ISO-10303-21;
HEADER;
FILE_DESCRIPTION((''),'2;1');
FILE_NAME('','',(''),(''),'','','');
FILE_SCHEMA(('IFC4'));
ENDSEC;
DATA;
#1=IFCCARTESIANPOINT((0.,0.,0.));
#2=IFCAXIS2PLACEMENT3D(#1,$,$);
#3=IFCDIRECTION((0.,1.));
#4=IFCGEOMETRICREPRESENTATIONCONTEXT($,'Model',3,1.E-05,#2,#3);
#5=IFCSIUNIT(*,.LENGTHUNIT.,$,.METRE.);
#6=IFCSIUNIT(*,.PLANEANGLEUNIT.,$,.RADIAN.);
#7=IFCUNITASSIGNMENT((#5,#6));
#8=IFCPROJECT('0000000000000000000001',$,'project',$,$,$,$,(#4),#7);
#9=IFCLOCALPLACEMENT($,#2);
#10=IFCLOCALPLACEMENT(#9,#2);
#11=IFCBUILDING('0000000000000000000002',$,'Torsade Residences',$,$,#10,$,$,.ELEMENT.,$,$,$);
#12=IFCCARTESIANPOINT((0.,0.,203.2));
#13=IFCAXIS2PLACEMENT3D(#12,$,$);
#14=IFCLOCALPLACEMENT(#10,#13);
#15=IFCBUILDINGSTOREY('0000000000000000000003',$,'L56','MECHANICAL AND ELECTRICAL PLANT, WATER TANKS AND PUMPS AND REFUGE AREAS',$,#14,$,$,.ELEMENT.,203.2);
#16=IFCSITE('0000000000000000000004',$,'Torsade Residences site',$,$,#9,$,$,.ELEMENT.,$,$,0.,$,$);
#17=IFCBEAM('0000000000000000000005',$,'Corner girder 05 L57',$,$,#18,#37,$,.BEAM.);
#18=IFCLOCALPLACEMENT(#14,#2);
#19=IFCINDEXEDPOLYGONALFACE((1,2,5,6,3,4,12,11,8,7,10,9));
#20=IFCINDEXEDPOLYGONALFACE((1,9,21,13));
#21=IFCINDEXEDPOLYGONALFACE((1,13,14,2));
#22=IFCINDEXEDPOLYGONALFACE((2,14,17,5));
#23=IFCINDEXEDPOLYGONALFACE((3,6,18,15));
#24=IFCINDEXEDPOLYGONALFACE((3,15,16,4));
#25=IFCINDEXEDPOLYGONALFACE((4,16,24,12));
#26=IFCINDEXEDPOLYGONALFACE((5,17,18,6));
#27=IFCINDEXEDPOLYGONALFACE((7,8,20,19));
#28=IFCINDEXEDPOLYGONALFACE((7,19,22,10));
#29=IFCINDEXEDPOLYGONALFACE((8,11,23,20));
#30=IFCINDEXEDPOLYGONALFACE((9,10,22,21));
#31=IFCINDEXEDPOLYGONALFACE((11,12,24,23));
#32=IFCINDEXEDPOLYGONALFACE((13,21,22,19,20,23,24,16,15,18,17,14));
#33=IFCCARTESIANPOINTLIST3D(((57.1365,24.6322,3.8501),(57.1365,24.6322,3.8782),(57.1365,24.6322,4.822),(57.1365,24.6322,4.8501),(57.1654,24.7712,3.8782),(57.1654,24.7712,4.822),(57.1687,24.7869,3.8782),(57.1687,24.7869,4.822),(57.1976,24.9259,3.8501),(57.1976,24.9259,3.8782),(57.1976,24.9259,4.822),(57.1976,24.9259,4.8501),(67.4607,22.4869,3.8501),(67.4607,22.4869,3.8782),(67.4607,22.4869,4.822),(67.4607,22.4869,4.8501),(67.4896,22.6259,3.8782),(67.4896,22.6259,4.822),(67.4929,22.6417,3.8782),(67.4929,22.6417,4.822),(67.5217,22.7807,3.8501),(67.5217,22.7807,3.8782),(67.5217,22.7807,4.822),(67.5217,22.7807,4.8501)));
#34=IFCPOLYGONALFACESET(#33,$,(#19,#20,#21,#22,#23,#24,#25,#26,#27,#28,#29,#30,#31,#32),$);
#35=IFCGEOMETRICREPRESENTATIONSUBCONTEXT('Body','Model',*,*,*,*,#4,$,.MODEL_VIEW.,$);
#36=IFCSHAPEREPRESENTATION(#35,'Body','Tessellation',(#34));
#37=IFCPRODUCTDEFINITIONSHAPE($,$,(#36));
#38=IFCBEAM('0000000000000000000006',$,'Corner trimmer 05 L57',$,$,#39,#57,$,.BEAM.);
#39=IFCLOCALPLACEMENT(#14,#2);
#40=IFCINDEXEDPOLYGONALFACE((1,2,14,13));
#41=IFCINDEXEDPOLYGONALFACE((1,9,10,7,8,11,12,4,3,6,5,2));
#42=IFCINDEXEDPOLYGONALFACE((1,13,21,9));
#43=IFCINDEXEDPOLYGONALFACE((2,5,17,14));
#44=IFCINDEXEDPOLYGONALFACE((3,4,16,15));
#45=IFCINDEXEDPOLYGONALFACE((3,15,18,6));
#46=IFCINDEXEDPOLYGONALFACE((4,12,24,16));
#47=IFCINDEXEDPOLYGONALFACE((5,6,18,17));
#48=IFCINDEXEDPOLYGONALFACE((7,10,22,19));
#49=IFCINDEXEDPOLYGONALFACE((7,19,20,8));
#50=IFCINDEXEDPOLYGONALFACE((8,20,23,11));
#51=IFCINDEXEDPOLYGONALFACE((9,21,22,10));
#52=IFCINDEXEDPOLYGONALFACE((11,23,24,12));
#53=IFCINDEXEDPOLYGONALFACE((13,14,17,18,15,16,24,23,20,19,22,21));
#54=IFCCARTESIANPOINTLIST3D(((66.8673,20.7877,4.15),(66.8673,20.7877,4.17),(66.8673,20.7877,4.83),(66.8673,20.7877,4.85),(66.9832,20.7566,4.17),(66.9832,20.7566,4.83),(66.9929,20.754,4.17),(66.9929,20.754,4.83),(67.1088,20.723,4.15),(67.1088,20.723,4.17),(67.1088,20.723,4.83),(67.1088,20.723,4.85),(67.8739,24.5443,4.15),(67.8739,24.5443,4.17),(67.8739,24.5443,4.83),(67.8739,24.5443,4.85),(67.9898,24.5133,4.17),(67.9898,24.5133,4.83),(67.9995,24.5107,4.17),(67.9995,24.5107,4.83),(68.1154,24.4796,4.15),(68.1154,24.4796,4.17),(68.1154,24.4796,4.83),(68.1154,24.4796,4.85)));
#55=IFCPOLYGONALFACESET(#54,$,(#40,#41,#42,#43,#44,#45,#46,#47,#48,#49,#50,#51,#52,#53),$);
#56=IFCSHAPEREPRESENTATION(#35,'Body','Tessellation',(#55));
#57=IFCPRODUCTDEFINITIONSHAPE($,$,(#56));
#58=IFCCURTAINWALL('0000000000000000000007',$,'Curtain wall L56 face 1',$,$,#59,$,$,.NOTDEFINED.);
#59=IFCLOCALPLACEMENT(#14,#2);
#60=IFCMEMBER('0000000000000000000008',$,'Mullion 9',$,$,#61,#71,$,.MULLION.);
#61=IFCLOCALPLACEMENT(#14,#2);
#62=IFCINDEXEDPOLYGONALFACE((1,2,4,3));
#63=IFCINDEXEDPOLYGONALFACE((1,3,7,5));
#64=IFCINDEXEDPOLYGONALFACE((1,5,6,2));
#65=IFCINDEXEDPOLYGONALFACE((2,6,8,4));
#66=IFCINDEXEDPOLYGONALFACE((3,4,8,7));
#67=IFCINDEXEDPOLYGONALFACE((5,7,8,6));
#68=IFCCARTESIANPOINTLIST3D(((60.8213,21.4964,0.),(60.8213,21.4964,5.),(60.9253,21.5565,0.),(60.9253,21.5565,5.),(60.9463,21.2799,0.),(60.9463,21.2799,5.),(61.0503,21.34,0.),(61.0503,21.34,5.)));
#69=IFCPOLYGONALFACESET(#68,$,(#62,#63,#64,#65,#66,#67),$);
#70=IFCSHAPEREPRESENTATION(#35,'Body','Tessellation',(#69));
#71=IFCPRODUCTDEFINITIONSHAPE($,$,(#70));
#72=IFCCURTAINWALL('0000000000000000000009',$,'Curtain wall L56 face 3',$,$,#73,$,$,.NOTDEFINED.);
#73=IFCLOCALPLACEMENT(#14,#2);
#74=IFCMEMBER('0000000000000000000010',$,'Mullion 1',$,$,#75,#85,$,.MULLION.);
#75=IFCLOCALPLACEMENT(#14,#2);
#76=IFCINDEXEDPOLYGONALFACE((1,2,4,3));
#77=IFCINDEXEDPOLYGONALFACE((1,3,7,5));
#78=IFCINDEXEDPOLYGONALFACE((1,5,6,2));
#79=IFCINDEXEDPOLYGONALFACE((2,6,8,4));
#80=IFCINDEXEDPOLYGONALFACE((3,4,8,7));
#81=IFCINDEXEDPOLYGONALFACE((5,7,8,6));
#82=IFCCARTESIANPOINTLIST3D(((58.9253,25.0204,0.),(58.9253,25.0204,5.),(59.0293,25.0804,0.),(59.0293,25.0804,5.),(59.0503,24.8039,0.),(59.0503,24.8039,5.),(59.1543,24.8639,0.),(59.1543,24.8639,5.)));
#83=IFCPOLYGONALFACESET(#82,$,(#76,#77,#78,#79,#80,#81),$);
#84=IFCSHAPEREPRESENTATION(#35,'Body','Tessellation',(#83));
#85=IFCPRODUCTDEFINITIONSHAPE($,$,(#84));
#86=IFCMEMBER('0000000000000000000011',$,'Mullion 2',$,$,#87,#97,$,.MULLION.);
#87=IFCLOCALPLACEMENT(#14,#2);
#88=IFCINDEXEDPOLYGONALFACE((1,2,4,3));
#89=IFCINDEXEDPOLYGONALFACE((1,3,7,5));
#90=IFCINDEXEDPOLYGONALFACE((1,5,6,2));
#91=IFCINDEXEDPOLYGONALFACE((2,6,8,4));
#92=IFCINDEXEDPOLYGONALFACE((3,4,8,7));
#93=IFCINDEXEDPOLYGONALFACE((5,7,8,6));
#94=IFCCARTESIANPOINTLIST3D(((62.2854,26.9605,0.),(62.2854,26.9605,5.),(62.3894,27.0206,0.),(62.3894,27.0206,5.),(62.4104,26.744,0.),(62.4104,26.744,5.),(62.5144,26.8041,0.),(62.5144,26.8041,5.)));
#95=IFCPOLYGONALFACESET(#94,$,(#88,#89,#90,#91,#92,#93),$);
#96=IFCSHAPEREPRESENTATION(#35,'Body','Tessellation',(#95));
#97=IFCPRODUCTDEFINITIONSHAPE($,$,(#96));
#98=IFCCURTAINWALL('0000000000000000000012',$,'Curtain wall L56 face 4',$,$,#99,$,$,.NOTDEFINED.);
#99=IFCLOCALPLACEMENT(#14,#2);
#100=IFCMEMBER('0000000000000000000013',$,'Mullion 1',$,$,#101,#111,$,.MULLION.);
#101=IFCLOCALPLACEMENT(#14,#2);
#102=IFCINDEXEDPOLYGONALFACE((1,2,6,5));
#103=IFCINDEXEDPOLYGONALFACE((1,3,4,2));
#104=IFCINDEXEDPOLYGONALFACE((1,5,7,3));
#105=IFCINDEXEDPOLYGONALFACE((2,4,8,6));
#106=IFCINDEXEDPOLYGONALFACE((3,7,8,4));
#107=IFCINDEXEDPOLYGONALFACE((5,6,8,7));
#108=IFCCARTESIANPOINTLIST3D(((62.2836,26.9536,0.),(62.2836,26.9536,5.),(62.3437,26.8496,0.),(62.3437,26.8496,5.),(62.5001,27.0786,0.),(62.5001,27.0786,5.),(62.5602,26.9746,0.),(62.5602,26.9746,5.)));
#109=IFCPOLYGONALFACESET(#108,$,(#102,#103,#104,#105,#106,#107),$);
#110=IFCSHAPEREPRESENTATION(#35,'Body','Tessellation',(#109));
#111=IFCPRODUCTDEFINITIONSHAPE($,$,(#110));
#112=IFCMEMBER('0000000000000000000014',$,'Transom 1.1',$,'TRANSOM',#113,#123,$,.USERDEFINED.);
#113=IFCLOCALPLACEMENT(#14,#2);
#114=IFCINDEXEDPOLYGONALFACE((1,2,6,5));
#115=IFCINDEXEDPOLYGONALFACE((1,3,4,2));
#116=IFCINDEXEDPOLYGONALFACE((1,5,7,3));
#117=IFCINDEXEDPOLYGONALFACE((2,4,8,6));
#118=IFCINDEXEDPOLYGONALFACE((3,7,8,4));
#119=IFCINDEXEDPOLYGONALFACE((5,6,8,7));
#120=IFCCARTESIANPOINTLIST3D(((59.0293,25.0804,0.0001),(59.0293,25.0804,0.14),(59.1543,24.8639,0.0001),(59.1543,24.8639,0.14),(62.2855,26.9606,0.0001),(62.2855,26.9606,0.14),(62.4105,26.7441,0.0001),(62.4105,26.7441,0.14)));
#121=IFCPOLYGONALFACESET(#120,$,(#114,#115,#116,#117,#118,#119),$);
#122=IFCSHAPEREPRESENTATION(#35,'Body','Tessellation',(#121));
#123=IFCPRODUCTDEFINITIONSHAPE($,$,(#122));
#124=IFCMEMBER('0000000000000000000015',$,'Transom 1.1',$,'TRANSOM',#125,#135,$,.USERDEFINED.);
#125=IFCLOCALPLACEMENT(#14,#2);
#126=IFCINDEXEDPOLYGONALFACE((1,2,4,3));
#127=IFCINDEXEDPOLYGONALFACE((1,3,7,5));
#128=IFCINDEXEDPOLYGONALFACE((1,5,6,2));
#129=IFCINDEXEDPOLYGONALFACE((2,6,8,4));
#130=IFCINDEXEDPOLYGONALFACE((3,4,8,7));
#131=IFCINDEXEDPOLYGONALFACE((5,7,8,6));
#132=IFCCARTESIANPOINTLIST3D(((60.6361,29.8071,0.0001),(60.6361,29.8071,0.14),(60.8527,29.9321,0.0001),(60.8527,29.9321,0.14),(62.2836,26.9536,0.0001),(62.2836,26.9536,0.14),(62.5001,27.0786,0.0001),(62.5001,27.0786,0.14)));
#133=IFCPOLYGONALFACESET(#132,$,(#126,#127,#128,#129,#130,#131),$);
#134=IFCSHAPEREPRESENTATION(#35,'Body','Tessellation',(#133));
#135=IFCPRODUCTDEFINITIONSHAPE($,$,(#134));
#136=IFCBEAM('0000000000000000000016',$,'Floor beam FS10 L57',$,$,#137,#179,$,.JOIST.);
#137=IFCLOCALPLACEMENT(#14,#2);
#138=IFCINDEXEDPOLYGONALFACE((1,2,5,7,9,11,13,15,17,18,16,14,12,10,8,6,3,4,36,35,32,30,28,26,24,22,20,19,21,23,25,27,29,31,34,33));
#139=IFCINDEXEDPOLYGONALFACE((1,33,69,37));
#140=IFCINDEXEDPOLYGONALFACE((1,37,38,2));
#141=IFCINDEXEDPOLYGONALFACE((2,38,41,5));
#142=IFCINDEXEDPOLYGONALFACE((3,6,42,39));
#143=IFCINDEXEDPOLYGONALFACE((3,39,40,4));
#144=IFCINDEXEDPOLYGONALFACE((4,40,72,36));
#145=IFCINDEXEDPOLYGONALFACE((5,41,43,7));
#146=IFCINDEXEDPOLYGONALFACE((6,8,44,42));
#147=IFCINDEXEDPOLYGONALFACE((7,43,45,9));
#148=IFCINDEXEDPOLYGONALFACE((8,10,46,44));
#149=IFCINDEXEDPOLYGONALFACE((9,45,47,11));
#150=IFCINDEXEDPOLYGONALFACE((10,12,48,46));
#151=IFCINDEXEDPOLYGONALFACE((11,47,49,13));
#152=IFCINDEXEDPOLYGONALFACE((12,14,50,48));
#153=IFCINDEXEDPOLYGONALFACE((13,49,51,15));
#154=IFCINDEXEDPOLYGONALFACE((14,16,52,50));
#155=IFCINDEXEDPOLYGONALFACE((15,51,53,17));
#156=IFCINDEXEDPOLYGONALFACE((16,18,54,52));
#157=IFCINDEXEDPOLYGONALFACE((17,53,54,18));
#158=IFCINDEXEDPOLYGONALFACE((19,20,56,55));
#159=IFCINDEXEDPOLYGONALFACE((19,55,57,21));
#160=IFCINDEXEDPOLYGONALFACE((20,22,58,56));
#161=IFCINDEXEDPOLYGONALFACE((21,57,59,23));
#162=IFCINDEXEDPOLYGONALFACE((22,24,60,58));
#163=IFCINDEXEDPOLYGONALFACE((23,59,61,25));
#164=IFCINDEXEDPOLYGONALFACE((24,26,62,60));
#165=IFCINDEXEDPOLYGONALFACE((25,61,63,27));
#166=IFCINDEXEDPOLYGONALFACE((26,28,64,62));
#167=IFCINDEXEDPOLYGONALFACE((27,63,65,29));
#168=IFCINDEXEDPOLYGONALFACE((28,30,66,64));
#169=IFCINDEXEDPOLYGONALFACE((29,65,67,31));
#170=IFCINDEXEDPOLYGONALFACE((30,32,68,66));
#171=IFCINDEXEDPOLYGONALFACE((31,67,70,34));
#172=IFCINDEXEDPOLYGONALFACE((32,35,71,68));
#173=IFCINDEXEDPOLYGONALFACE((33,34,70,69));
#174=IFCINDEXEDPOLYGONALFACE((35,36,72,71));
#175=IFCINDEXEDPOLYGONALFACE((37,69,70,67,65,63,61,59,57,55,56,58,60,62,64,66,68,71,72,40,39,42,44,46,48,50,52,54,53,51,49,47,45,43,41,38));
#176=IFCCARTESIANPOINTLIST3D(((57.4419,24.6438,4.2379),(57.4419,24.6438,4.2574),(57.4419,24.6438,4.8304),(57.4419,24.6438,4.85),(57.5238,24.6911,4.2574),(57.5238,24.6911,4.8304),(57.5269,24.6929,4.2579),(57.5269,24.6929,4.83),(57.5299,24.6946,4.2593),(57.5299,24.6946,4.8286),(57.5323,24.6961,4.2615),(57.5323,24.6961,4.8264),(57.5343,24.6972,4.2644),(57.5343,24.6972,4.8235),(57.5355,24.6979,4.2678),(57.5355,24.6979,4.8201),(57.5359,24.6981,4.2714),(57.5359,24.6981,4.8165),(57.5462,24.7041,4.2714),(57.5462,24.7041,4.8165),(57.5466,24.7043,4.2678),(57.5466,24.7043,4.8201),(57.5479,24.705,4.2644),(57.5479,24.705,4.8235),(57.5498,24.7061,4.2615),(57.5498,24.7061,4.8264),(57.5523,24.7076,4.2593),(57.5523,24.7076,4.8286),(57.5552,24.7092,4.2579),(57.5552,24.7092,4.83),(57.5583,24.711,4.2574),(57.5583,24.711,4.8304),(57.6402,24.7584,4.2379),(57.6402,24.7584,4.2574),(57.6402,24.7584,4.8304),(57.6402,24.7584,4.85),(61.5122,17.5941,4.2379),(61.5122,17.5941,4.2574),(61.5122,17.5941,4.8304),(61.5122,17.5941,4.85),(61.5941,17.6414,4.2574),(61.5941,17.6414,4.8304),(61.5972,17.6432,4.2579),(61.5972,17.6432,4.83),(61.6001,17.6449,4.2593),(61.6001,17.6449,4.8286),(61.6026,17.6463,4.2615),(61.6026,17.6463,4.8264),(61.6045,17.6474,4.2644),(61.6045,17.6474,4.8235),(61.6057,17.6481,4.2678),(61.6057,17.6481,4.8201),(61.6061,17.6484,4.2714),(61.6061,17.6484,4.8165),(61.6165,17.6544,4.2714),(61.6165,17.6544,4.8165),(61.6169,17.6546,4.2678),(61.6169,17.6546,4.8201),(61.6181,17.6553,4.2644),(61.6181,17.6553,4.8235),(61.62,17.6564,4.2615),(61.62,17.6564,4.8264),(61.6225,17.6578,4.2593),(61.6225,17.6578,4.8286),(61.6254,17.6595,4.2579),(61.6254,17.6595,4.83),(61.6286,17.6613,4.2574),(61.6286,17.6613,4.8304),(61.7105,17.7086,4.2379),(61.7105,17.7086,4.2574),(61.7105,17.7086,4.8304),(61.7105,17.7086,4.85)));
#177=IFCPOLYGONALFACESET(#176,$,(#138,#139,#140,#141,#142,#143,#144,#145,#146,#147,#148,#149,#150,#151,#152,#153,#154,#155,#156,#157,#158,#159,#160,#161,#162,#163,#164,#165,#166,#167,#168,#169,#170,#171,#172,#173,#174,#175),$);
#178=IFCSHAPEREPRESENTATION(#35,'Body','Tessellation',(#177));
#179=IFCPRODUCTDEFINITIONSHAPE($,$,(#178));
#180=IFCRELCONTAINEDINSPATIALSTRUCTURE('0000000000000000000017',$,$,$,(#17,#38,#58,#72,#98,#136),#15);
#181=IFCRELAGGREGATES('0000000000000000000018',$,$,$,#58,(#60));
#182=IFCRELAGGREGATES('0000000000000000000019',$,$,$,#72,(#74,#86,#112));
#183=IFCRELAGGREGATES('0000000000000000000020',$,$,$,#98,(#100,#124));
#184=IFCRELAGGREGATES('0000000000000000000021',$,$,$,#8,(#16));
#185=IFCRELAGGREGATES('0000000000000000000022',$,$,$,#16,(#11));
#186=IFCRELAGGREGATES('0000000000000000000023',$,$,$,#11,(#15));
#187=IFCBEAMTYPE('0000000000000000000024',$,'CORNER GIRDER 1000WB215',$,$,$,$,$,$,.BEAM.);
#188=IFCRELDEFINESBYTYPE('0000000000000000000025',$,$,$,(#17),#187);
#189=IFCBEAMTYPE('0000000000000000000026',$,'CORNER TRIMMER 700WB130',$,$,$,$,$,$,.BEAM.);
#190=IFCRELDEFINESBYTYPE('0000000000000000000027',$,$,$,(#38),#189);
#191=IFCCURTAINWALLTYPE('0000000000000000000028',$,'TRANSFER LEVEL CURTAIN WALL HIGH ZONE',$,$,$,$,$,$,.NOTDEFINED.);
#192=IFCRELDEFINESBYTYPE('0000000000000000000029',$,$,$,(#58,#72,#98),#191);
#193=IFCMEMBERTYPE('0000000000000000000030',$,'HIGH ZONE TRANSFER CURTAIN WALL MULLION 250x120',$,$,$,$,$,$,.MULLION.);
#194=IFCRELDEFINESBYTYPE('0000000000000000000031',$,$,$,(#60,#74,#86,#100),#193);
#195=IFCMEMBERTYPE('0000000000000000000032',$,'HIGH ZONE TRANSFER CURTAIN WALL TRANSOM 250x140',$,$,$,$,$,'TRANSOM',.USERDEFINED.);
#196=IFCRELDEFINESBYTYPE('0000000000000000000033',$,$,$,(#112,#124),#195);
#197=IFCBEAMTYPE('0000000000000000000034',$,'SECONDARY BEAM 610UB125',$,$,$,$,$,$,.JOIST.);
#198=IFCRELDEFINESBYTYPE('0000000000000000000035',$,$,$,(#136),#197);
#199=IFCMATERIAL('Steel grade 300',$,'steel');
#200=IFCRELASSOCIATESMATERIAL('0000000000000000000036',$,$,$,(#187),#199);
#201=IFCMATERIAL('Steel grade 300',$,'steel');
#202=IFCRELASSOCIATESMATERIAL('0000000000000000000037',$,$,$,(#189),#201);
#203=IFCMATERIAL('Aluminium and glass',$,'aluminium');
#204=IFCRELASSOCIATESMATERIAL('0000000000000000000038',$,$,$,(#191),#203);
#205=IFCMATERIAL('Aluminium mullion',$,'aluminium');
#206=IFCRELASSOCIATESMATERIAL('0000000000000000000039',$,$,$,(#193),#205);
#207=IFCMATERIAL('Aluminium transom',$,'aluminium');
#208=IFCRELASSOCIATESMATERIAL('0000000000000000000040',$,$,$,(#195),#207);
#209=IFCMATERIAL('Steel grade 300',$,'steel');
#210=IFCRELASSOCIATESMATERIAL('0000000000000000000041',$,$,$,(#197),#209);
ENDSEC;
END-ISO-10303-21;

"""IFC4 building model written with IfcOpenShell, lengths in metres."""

from ifc_helpers import new_model, si_unit, direction, frame, origin, origin_2d, place, context, subcontext, project, spatial, rectangle, i_section, extrude, material, material_profile, profile_set, type_object, element, aggregate, save


model = new_model("IFC4")

# Units and contexts
model_context = context("Model", 3, precision=1e-05, world=origin(), true_north=direction((0.0, 1.0)))
body_context = subcontext(model_context, "Body", "Model", "MODEL_VIEW")
ifc_project = project(units=[si_unit("LENGTHUNIT", "METRE"), si_unit("PLANEANGLEUNIT", "RADIAN")], contexts=[model_context])

# Site, building, storey
site_placement = place(None, origin())
site = spatial("IfcSite", under=ifc_project, at=site_placement, Name="Torsade Residences site", CompositionType="ELEMENT", RefElevation=0.0)
building_placement = place(site_placement, origin())
building = spatial("IfcBuilding", under=site, at=building_placement, Name="Torsade Residences", CompositionType="ELEMENT")
storey_placement = place(building_placement, frame((0.0, 0.0, 203.2)))
storey = spatial("IfcBuildingStorey", under=building, at=storey_placement, Name="L56", Description="MECHANICAL AND ELECTRICAL PLANT, WATER TANKS AND PUMPS AND REFUGE AREAS", CompositionType="ELEMENT", Elevation=203.2)

# Beams
ifc_material_1 = material(Name="Steel grade 300", Category="steel")
ifc_material_profile_1 = material_profile(ifc_material_1, i_section(OverallWidth=0.3, OverallDepth=1.0, WebThickness=0.0161, FlangeThickness=0.0281, at=origin_2d()), Name="1000WB215")
ifc_profile_set_1 = profile_set([ifc_material_profile_1], Name="Steel grade 300")
beam_type_1 = type_object("IfcBeamType", Name="CORNER GIRDER 1000WB215", PredefinedType="BEAM", material=ifc_profile_set_1)
beam_1_placement = place(storey_placement, frame((67.4912, 22.6338, 4.3501), z_axis=(-0.979087, 0.203444, 0.0), x_axis=(-0.203444, -0.979087, 0.0)))
element("IfcBeam", 1, at=beam_1_placement, inside=storey, type_object=beam_type_1, Name="Corner girder 05 L57", PredefinedType="BEAM", context=body_context, shape_type="SweptSolid", body=[
    extrude(i_section(OverallWidth=0.3, OverallDepth=1.0, WebThickness=0.0161, FlangeThickness=0.0281, at=origin_2d()), origin(), (0.0, 0.0, 1.0), 10.5447),
])
ifc_material_2 = material(Name="Steel grade 300", Category="steel")
ifc_material_profile_2 = material_profile(ifc_material_2, i_section(OverallWidth=0.25, OverallDepth=0.7, WebThickness=0.01, FlangeThickness=0.02, at=origin_2d()), Name="700WB130")
ifc_profile_set_2 = profile_set([ifc_material_profile_2], Name="Steel grade 300")
beam_type_2 = type_object("IfcBeamType", Name="CORNER TRIMMER 700WB130", PredefinedType="BEAM", material=ifc_profile_set_2)
beam_2_placement = place(storey_placement, frame((67.9946, 24.512, 4.5), z_axis=(-0.258823, -0.965925, 0.0), x_axis=(0.965925, -0.258823, 0.0)))
element("IfcBeam", 2, at=beam_2_placement, inside=storey, type_object=beam_type_2, Name="Corner trimmer 05 L57", PredefinedType="BEAM", context=body_context, shape_type="SweptSolid", body=[
    extrude(i_section(OverallWidth=0.25, OverallDepth=0.7, WebThickness=0.01, FlangeThickness=0.02, at=origin_2d()), origin(), (0.0, 0.0, 1.0), 3.8892),
])

# Curtain wall, member
ifc_material_3 = material(Name="Aluminium and glass", Category="aluminium")
curtain_wall_type = type_object("IfcCurtainWallType", Name="TRANSFER LEVEL CURTAIN WALL HIGH ZONE", PredefinedType="NOTDEFINED", material=ifc_material_3)
curtain_wall_1_placement = place(storey_placement, origin())
curtain_wall_1 = element("IfcCurtainWall", 3, at=curtain_wall_1_placement, inside=storey, type_object=curtain_wall_type, Name="Curtain wall L56 face 1", PredefinedType="NOTDEFINED")
ifc_material_4 = material(Name="Aluminium mullion", Category="aluminium")
ifc_material_profile_3 = material_profile(ifc_material_4, rectangle(XDim=0.25, YDim=0.1201, at=origin_2d()), Name="HIGH ZONE TRANSFER CURTAIN WALL MULLION 250x120")
ifc_profile_set_3 = profile_set([ifc_material_profile_3], Name="Aluminium mullion")
member_type_1 = type_object("IfcMemberType", Name="HIGH ZONE TRANSFER CURTAIN WALL MULLION 250x120", PredefinedType="MULLION", material=ifc_profile_set_3)
member_1_placement = place(storey_placement, frame((60.9358, 21.4182, 0.0), z_axis=(0.0, 0.0, 1.0), x_axis=(-0.5, 0.866025, 0.0)))
member_1 = element("IfcMember", 4, at=member_1_placement, type_object=member_type_1, Name="Mullion 9", PredefinedType="MULLION", context=body_context, shape_type="SweptSolid", body=[
    extrude(rectangle(XDim=0.25, YDim=0.1201, at=origin_2d()), origin(), (0.0, 0.0, 1.0), 5.0),
])

# Curtain wall, members
curtain_wall_2_placement = place(storey_placement, origin())
curtain_wall_2 = element("IfcCurtainWall", 5, at=curtain_wall_2_placement, inside=storey, type_object=curtain_wall_type, Name="Curtain wall L56 face 3", PredefinedType="NOTDEFINED")
member_2_placement = place(storey_placement, frame((59.0398, 24.9421, 0.0), z_axis=(0.0, 0.0, 1.0), x_axis=(-0.5, 0.866025, 0.0)))
member_2 = element("IfcMember", 6, at=member_2_placement, type_object=member_type_1, Name="Mullion 1", PredefinedType="MULLION", context=body_context, shape_type="SweptSolid", body=[
    extrude(rectangle(XDim=0.25, YDim=0.1201, at=origin_2d()), origin(), (0.0, 0.0, 1.0), 5.0),
])
member_3_placement = place(storey_placement, frame((62.3999, 26.8823, 0.0), z_axis=(0.0, 0.0, 1.0), x_axis=(-0.5, 0.866025, 0.0)))
member_3 = element("IfcMember", 7, at=member_3_placement, type_object=member_type_1, Name="Mullion 2", PredefinedType="MULLION", context=body_context, shape_type="SweptSolid", body=[
    extrude(rectangle(XDim=0.25, YDim=0.1201, at=origin_2d()), origin(), (0.0, 0.0, 1.0), 5.0),
])

# Curtain wall, member
curtain_wall_3_placement = place(storey_placement, origin())
curtain_wall_3 = element("IfcCurtainWall", 8, at=curtain_wall_3_placement, inside=storey, type_object=curtain_wall_type, Name="Curtain wall L56 face 4", PredefinedType="NOTDEFINED")
member_4_placement = place(storey_placement, frame((62.4219, 26.9641, 0.0), z_axis=(0.0, 0.0, 1.0), x_axis=(-0.866025, -0.5, 0.0)))
member_4 = element("IfcMember", 9, at=member_4_placement, type_object=member_type_1, Name="Mullion 1", PredefinedType="MULLION", context=body_context, shape_type="SweptSolid", body=[
    extrude(rectangle(XDim=0.25, YDim=0.1201, at=origin_2d()), origin(), (0.0, 0.0, 1.0), 5.0),
])

# Members
ifc_material_5 = material(Name="Aluminium transom", Category="aluminium")
ifc_material_profile_4 = material_profile(ifc_material_5, rectangle(XDim=0.25, YDim=0.1399, at=origin_2d()), Name="HIGH ZONE TRANSFER CURTAIN WALL TRANSOM 250x140")
ifc_profile_set_4 = profile_set([ifc_material_profile_4], Name="Aluminium transom")
member_type_2 = type_object("IfcMemberType", Name="HIGH ZONE TRANSFER CURTAIN WALL TRANSOM 250x140", ElementType="TRANSOM", PredefinedType="USERDEFINED", material=ifc_profile_set_4)
member_5_placement = place(storey_placement, frame((59.0918, 24.9722, 0.0701), z_axis=(0.866001, 0.500043, 0.0), x_axis=(-0.500043, 0.866001, 0.0)))
member_5 = element("IfcMember", 10, at=member_5_placement, type_object=member_type_2, Name="Transom 1.1", ObjectType="TRANSOM", PredefinedType="USERDEFINED", context=body_context, shape_type="SweptSolid", body=[
    extrude(rectangle(XDim=0.25, YDim=0.1399, at=origin_2d()), origin(), (0.0, 0.0, 1.0), 3.76),
])
member_6_placement = place(storey_placement, frame((62.3918, 27.0161, 0.0701), z_axis=(-0.499996, 0.866028, 0.0), x_axis=(-0.866028, -0.499996, 0.0)))
member_6 = element("IfcMember", 11, at=member_6_placement, type_object=member_type_2, Name="Transom 1.1", ObjectType="TRANSOM", PredefinedType="USERDEFINED", context=body_context, shape_type="SweptSolid", body=[
    extrude(rectangle(XDim=0.25, YDim=0.1399, at=origin_2d()), origin(), (0.0, 0.0, 1.0), 3.2949),
])

# Beam
ifc_material_6 = material(Name="Steel grade 300", Category="steel")
ifc_material_profile_5 = material_profile(ifc_material_6, i_section(OverallWidth=0.229, OverallDepth=0.6121, WebThickness=0.012, FlangeThickness=0.0195, FilletRadius=0.0139, at=origin_2d()), Name="610UB125")
ifc_profile_set_5 = profile_set([ifc_material_profile_5], Name="Steel grade 300")
beam_type_3 = type_object("IfcBeamType", Name="SECONDARY BEAM 610UB125", PredefinedType="JOIST", material=ifc_profile_set_5)
beam_3_placement = place(storey_placement, frame((61.6113, 17.6514, 4.5439), z_axis=(-0.50001, 0.86602, 0.0), x_axis=(-0.86602, -0.50001, 0.0)))
element("IfcBeam", 12, at=beam_3_placement, inside=storey, type_object=beam_type_3, Name="Floor beam FS10 L57", PredefinedType="JOIST", context=body_context, shape_type="SweptSolid", body=[
    extrude(i_section(OverallWidth=0.229, OverallDepth=0.6121, WebThickness=0.012, FlangeThickness=0.0195, FilletRadius=0.0139, at=origin_2d()), origin(), (0.0, 0.0, 1.0), 8.1404),
])

aggregate(curtain_wall_1, [member_1])
aggregate(curtain_wall_2, [member_2, member_3, member_5])
aggregate(curtain_wall_3, [member_4, member_6])

save(model, "model.ifc")
